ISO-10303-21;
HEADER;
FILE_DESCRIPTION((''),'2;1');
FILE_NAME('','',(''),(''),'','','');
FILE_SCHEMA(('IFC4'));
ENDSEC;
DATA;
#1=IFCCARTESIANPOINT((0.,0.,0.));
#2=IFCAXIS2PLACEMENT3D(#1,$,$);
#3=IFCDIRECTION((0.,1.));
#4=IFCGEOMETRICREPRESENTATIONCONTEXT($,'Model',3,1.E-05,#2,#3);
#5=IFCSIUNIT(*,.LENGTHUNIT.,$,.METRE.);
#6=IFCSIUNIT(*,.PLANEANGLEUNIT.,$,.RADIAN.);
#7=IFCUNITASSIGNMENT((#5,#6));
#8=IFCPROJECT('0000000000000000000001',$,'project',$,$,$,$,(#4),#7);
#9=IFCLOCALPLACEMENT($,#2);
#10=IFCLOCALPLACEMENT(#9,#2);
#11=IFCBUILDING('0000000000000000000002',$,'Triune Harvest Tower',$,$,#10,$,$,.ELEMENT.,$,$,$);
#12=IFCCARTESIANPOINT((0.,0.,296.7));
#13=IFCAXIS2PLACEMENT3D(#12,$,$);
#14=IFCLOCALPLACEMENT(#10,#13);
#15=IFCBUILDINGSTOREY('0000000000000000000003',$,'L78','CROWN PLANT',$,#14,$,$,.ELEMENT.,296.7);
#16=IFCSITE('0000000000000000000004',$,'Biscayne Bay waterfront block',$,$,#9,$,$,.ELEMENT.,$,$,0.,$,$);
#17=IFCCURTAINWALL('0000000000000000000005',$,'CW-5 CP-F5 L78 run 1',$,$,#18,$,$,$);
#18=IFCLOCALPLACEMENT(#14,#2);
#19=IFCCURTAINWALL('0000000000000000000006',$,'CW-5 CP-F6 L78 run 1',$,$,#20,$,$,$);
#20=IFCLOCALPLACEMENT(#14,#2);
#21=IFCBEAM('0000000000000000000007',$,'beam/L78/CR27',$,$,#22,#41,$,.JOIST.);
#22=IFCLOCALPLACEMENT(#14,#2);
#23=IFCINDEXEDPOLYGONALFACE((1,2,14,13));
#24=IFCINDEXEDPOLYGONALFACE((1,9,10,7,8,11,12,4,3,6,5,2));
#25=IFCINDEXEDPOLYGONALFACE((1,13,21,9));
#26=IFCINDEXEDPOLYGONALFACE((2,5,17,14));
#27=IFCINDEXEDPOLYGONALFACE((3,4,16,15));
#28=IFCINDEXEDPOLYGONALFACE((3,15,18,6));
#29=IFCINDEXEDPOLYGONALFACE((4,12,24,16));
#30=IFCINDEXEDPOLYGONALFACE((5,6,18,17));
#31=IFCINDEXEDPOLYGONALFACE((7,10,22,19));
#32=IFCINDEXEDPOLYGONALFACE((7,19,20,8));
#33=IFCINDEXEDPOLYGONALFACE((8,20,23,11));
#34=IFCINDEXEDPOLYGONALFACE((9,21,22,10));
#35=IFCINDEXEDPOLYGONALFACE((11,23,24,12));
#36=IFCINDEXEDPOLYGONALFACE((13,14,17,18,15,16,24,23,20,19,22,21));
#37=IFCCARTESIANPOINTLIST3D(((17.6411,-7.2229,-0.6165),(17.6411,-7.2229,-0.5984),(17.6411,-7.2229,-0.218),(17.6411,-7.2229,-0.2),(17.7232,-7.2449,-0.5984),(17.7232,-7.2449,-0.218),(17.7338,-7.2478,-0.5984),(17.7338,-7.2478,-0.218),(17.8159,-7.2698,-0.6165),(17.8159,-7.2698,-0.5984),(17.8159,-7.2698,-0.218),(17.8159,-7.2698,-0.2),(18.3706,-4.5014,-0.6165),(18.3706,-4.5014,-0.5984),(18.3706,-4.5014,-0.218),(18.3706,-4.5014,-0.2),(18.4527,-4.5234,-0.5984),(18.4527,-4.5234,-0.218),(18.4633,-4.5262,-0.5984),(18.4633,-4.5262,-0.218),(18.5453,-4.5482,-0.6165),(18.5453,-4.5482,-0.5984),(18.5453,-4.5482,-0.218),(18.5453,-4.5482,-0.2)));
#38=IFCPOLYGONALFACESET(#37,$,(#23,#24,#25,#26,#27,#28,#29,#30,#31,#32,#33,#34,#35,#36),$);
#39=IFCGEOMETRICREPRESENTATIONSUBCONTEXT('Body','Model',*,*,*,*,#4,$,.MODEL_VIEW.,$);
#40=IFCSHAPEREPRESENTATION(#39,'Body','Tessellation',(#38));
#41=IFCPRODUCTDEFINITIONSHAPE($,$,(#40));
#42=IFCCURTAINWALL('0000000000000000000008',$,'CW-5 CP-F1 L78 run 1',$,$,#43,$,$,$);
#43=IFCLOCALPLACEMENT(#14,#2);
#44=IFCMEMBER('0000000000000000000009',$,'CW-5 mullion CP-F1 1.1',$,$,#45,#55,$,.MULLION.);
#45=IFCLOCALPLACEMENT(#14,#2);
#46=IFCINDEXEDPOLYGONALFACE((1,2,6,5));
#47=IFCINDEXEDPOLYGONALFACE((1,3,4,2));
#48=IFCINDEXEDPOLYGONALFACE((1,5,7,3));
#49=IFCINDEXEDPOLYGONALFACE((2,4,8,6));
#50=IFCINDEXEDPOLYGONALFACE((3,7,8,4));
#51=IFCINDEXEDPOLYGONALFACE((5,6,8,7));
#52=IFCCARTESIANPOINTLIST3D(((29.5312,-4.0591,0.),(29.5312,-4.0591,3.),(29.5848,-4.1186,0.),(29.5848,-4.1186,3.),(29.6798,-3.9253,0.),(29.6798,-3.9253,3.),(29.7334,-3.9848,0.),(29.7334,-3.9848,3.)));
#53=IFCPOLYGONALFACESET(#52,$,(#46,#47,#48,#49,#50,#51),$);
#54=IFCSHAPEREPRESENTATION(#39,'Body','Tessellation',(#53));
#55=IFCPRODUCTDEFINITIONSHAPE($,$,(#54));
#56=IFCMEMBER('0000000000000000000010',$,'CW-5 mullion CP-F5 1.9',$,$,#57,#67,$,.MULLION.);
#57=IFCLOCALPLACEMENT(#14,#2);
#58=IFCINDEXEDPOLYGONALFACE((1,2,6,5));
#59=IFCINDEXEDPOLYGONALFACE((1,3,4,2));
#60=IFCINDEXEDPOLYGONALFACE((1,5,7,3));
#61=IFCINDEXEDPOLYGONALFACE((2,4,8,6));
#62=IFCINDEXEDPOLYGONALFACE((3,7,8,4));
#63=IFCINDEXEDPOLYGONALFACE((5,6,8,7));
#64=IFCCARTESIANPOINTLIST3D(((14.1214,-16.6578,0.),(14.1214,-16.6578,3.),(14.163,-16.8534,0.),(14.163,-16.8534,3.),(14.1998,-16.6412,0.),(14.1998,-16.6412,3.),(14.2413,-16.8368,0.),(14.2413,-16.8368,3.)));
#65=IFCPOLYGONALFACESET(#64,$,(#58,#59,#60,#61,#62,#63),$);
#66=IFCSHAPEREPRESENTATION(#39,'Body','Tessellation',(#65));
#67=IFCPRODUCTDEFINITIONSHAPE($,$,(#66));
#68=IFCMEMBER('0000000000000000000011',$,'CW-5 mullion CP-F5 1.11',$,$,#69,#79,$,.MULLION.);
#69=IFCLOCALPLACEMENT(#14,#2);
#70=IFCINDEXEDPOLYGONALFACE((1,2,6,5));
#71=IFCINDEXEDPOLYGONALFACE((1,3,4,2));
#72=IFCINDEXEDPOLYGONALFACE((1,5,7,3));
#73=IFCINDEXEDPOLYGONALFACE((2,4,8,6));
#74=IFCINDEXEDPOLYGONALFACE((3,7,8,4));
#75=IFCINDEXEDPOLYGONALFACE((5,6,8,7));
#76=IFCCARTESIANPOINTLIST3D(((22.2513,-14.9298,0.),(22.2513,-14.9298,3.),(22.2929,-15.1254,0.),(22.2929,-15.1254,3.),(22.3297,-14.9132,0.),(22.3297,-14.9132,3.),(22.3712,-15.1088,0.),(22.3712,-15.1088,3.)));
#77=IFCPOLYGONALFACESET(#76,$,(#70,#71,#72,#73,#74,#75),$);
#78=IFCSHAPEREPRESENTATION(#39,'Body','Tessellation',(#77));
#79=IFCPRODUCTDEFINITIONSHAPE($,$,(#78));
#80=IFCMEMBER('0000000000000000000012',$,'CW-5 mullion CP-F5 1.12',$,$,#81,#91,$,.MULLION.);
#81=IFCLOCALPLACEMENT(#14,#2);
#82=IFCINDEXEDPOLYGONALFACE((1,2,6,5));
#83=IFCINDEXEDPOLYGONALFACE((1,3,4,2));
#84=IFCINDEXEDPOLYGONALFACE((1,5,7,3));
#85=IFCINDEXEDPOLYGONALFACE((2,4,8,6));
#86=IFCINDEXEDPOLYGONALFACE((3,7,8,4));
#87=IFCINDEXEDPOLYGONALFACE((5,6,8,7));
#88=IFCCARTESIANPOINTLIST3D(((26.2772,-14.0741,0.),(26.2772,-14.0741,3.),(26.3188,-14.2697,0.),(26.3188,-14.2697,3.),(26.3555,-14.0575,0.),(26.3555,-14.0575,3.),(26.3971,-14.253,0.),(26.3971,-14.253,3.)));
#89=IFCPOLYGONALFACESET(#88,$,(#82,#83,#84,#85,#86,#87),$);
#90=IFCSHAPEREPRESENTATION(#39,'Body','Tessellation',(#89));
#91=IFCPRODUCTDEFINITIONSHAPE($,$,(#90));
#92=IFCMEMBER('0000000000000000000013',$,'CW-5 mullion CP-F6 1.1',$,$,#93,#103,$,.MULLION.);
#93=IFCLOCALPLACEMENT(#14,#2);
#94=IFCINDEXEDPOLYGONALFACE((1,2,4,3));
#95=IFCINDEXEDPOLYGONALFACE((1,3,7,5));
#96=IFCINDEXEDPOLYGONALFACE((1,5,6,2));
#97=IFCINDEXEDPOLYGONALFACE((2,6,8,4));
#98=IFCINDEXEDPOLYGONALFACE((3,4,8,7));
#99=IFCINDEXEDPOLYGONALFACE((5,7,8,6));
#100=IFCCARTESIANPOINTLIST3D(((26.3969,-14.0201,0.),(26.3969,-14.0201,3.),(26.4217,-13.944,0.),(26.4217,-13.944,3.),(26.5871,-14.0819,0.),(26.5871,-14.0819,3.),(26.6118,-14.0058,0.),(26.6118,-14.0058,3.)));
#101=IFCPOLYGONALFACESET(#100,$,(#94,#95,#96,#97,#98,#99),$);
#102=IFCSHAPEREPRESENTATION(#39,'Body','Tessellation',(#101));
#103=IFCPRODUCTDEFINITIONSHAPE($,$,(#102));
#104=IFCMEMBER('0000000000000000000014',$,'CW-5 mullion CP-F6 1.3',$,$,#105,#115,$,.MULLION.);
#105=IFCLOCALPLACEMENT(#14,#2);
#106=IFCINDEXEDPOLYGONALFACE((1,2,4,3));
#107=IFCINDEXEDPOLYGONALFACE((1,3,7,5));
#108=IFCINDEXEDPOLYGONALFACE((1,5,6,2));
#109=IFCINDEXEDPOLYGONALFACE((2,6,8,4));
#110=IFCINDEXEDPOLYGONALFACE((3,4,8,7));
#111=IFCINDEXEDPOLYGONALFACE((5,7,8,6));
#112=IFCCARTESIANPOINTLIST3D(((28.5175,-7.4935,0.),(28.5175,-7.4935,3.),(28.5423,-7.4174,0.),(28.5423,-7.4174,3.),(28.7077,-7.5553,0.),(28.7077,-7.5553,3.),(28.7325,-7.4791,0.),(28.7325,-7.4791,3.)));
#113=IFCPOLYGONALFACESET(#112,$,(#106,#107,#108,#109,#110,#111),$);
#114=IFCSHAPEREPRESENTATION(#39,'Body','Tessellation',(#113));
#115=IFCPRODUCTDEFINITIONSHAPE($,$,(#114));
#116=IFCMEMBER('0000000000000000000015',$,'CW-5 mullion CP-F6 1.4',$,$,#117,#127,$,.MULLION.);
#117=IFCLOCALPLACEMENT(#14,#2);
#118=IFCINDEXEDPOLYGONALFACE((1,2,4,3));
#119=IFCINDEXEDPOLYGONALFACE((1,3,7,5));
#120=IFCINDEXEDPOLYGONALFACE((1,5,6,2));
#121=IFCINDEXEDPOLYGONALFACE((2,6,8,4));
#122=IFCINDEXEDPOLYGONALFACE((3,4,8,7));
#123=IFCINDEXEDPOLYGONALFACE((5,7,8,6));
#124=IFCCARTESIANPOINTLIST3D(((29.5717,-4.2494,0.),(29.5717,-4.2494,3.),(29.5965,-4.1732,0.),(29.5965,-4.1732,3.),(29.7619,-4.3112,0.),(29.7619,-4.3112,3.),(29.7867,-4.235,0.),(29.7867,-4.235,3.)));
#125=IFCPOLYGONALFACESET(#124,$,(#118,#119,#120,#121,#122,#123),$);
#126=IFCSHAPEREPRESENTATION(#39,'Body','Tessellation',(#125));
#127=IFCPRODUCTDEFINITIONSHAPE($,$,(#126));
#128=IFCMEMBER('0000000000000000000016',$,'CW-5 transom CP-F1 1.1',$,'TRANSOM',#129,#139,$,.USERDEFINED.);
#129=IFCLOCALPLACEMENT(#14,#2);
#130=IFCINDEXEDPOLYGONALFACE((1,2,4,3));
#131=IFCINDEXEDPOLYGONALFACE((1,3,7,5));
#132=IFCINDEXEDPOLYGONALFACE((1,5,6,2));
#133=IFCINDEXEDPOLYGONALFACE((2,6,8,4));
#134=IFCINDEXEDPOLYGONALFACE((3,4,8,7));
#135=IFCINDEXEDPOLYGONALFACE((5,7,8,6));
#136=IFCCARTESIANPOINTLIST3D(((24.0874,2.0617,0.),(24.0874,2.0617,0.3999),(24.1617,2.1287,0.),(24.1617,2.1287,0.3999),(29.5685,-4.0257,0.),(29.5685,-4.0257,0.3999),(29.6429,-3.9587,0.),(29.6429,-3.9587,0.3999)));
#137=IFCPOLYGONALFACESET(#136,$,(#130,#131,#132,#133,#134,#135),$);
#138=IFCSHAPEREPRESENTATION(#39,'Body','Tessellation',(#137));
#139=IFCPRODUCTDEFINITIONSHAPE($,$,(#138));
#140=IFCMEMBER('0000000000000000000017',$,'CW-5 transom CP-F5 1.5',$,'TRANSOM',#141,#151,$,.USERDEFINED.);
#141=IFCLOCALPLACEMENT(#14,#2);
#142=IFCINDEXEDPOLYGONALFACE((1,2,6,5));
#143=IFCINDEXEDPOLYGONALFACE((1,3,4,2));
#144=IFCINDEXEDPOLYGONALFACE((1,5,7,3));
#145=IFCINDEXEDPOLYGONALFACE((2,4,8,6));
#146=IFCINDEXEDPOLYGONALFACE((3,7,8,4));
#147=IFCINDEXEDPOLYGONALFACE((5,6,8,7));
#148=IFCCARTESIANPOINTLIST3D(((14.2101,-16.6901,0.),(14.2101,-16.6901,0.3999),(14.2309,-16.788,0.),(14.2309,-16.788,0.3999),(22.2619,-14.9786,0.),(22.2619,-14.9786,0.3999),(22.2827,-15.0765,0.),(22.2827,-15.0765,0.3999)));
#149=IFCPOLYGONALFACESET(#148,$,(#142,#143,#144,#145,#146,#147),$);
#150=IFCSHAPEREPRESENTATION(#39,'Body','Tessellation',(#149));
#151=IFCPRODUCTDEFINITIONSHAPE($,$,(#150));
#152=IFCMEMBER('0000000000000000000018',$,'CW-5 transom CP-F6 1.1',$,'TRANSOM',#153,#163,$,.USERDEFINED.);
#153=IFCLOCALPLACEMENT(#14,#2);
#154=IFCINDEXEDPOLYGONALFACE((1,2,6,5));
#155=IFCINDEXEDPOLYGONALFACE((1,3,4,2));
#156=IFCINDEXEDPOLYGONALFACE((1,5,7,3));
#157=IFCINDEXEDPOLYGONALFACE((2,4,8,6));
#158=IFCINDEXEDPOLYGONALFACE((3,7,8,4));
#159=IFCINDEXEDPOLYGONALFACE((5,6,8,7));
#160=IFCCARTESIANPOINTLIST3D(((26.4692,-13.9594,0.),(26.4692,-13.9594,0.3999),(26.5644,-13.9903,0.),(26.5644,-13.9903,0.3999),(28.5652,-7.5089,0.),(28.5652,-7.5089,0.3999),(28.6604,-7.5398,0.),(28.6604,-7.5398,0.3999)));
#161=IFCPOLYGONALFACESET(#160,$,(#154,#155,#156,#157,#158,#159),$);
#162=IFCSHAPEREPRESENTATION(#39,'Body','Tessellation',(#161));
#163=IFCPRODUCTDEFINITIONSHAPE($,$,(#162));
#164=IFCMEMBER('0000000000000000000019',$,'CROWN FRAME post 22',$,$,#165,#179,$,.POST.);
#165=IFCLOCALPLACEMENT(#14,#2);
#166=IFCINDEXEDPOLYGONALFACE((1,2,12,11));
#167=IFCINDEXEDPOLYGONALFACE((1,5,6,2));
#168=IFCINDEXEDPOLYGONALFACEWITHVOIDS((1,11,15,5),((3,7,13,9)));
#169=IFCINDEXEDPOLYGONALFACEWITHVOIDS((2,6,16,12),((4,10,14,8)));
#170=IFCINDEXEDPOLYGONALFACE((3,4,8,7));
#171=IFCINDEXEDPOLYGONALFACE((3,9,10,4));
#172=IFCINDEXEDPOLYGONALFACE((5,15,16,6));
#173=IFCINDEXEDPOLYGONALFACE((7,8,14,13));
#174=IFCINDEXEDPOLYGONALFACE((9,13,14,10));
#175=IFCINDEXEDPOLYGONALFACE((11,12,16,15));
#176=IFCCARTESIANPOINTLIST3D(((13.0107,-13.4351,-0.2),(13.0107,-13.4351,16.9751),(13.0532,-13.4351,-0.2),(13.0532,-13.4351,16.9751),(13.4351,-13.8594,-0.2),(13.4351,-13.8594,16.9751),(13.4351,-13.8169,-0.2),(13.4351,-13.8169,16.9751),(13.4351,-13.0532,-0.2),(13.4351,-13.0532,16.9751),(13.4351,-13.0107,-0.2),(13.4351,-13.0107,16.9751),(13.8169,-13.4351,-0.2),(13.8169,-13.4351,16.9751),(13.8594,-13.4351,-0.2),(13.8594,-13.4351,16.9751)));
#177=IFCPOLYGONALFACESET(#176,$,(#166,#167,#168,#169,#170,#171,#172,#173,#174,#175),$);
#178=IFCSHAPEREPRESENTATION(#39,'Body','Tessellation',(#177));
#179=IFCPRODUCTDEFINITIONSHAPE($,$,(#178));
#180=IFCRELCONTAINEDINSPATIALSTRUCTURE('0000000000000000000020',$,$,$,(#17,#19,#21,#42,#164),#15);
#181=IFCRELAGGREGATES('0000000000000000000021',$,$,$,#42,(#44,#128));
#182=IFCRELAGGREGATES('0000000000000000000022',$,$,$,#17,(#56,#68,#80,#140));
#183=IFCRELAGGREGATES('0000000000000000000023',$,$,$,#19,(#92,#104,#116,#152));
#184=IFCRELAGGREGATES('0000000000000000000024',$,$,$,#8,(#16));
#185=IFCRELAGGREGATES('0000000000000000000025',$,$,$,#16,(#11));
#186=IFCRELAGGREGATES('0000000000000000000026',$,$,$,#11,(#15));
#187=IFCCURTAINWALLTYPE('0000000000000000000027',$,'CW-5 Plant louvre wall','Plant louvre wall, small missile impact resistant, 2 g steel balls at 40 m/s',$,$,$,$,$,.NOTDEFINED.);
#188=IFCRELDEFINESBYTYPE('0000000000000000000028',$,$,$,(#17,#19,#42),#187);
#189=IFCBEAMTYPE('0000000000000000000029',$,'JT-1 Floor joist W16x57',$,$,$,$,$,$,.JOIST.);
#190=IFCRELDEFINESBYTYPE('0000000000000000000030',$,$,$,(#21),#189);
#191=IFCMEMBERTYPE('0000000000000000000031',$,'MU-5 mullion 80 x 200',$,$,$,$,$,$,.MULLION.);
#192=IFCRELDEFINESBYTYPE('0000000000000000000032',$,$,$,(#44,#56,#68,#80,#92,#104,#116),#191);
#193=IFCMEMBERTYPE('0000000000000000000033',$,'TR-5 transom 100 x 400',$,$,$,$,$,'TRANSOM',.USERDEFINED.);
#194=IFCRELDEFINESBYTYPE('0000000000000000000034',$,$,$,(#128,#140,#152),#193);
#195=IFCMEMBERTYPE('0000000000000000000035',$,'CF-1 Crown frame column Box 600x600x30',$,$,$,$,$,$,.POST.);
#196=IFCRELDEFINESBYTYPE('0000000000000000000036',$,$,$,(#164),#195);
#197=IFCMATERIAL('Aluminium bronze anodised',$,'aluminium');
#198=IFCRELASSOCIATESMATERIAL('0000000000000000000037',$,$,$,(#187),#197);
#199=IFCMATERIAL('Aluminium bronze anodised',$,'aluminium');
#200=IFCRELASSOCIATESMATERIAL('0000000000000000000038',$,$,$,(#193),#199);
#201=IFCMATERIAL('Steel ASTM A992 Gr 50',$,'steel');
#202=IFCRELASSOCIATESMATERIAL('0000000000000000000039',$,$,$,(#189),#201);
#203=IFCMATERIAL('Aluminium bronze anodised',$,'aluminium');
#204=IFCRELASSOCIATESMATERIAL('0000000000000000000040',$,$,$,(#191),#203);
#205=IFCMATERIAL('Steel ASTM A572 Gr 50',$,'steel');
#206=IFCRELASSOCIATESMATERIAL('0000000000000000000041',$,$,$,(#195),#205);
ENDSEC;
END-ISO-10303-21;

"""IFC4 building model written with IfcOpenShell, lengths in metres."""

from ifc_helpers import new_model, si_unit, direction, frame, origin, origin_2d, place, context, subcontext, project, spatial, rectangle, hollow_rectangle, i_section, extrude, source, transform, mapped, material, material_profile, profile_set, type_object, element, aggregate, save


model = new_model("IFC4")

# Units and contexts
model_context = context("Model", 3, precision=1e-05, world=origin(), true_north=direction((0.0, 1.0)))
body_context = subcontext(model_context, "Body", "Model", "MODEL_VIEW")
ifc_project = project(units=[si_unit("LENGTHUNIT", "METRE"), si_unit("PLANEANGLEUNIT", "RADIAN")], contexts=[model_context])

# Site, building, storey
site_placement = place(None, origin())
site = spatial("IfcSite", under=ifc_project, at=site_placement, Name="Biscayne Bay waterfront block", CompositionType="ELEMENT", RefElevation=0.0)
building_placement = place(site_placement, origin())
building = spatial("IfcBuilding", under=site, at=building_placement, Name="Triune Harvest Tower", CompositionType="ELEMENT")
storey_placement = place(building_placement, frame((0.0, 0.0, 296.7)))
storey = spatial("IfcBuildingStorey", under=building, at=storey_placement, Name="L78", Description="CROWN PLANT", CompositionType="ELEMENT", Elevation=296.7)

# Curtain walls
ifc_material_1 = material(Name="Aluminium bronze anodised", Category="aluminium")
curtain_wall_type = type_object("IfcCurtainWallType", Name="CW-5 Plant louvre wall", Description="Plant louvre wall, small missile impact resistant, 2 g steel balls at 40 m/s", PredefinedType="NOTDEFINED", material=ifc_material_1)
curtain_wall_1_placement = place(storey_placement, origin())
curtain_wall_1 = element("IfcCurtainWall", 1, at=curtain_wall_1_placement, inside=storey, type_object=curtain_wall_type, Name="CW-5 CP-F5 L78 run 1")
ifc_material_2 = material(Name="Aluminium bronze anodised", Category="aluminium")
ifc_material_profile_1 = material_profile(ifc_material_2, rectangle(XDim=0.1001, YDim=0.3999, at=origin_2d()), Name="TR-5 transom 100 x 400")
ifc_profile_set_1 = profile_set([ifc_material_profile_1], Name="Aluminium bronze anodised")
member_type_1 = type_object("IfcMemberType", Name="TR-5 transom 100 x 400", ElementType="TRANSOM", PredefinedType="USERDEFINED", material=ifc_profile_set_1)
curtain_wall_2_placement = place(storey_placement, origin())
curtain_wall_2 = element("IfcCurtainWall", 2, at=curtain_wall_2_placement, inside=storey, type_object=curtain_wall_type, Name="CW-5 CP-F6 L78 run 1")

# Beam
ifc_material_3 = material(Name="Steel ASTM A992 Gr 50", Category="steel")
ifc_material_profile_2 = material_profile(ifc_material_3, i_section(OverallWidth=0.1809, OverallDepth=0.4165, WebThickness=0.011, FlangeThickness=0.0181, at=origin_2d()), Name="W16x57")
ifc_profile_set_2 = profile_set([ifc_material_profile_2], Name="Steel ASTM A992 Gr 50")
beam_type_1 = type_object("IfcBeamType", Name="JT-1 Floor joist W16x57", PredefinedType="JOIST", material=ifc_profile_set_2)
shared_shape_1 = source(origin(), body_context, "Body", "SweptSolid", [
    extrude(i_section(OverallWidth=0.1809, OverallDepth=0.4165, WebThickness=0.011, FlangeThickness=0.0181, at=origin_2d()), origin(), (0.0, 0.0, 1.0), 2.8176),
])
beam_1_placement = place(storey_placement, frame((17.7285, -7.2463, -0.4082), z_axis=(0.258892, 0.965906, 0.0), x_axis=(-0.965906, 0.258892, 0.0)))
element("IfcBeam", 3, at=beam_1_placement, inside=storey, type_object=beam_type_1, Name="beam/L78/CR27", PredefinedType="JOIST", context=body_context, shape_type="MappedRepresentation", body=[
    mapped(shared_shape_1, transform((0.0, 0.0, 0.0), scale=1.0)),
])

# Curtain wall, member
curtain_wall_3_placement = place(storey_placement, origin())
curtain_wall_3 = element("IfcCurtainWall", 4, at=curtain_wall_3_placement, inside=storey, type_object=curtain_wall_type, Name="CW-5 CP-F1 L78 run 1")
ifc_material_4 = material(Name="Aluminium bronze anodised", Category="aluminium")
ifc_material_profile_3 = material_profile(ifc_material_4, rectangle(XDim=0.2, YDim=0.0801, at=origin_2d()), Name="MU-5 mullion 80 x 200")
ifc_profile_set_3 = profile_set([ifc_material_profile_3], Name="Aluminium bronze anodised")
member_type_2 = type_object("IfcMemberType", Name="MU-5 mullion 80 x 200", PredefinedType="MULLION", material=ifc_profile_set_3)
shared_shape_2 = source(origin(), body_context, "Body", "SweptSolid", [
    extrude(rectangle(XDim=0.2, YDim=0.0801, at=origin_2d()), origin(), (0.0, 0.0, 1.0), 3.0),
])
member_1_placement = place(storey_placement, frame((29.6323, -4.022, 0.0), z_axis=(0.0, 0.0, 1.0), x_axis=(-0.743144, -0.669131, 0.0)))
member_1 = element("IfcMember", 5, at=member_1_placement, type_object=member_type_2, Name="CW-5 mullion CP-F1 1.1", PredefinedType="MULLION", context=body_context, shape_type="MappedRepresentation", body=[
    mapped(shared_shape_2, transform((0.0, 0.0, 0.0), scale=1.0)),
])

# Members
member_2_placement = place(storey_placement, frame((14.1814, -16.7473, 0.0), z_axis=(0.0, 0.0, 1.0), x_axis=(-0.207911, 0.978148, 0.0)))
member_2 = element("IfcMember", 6, at=member_2_placement, type_object=member_type_2, Name="CW-5 mullion CP-F5 1.9", PredefinedType="MULLION", context=body_context, shape_type="MappedRepresentation", body=[
    mapped(shared_shape_2, transform((0.0, 0.0, 0.0), scale=1.0)),
])
member_3_placement = place(storey_placement, frame((22.3113, -15.0193, 0.0), z_axis=(0.0, 0.0, 1.0), x_axis=(-0.207911, 0.978148, 0.0)))
member_3 = element("IfcMember", 7, at=member_3_placement, type_object=member_type_2, Name="CW-5 mullion CP-F5 1.11", PredefinedType="MULLION", context=body_context, shape_type="MappedRepresentation", body=[
    mapped(shared_shape_2, transform((0.0, 0.0, 0.0), scale=1.0)),
])
member_4_placement = place(storey_placement, frame((26.3372, -14.1636, 0.0), z_axis=(0.0, 0.0, 1.0), x_axis=(-0.207911, 0.978148, 0.0)))
member_4 = element("IfcMember", 8, at=member_4_placement, type_object=member_type_2, Name="CW-5 mullion CP-F5 1.12", PredefinedType="MULLION", context=body_context, shape_type="MappedRepresentation", body=[
    mapped(shared_shape_2, transform((0.0, 0.0, 0.0), scale=1.0)),
])
member_5_placement = place(storey_placement, frame((26.5044, -14.0129, 0.0), z_axis=(0.0, 0.0, 1.0), x_axis=(-0.951056, 0.309019, 0.0)))
member_5 = element("IfcMember", 9, at=member_5_placement, type_object=member_type_2, Name="CW-5 mullion CP-F6 1.1", PredefinedType="MULLION", context=body_context, shape_type="MappedRepresentation", body=[
    mapped(shared_shape_2, transform((0.0, 0.0, 0.0), scale=1.0)),
])
member_6_placement = place(storey_placement, frame((28.625, -7.4863, 0.0), z_axis=(0.0, 0.0, 1.0), x_axis=(-0.951056, 0.309019, 0.0)))
member_6 = element("IfcMember", 10, at=member_6_placement, type_object=member_type_2, Name="CW-5 mullion CP-F6 1.3", PredefinedType="MULLION", context=body_context, shape_type="MappedRepresentation", body=[
    mapped(shared_shape_2, transform((0.0, 0.0, 0.0), scale=1.0)),
])
member_7_placement = place(storey_placement, frame((29.6792, -4.2422, 0.0), z_axis=(0.0, 0.0, 1.0), x_axis=(-0.951056, 0.309019, 0.0)))
member_7 = element("IfcMember", 11, at=member_7_placement, type_object=member_type_2, Name="CW-5 mullion CP-F6 1.4", PredefinedType="MULLION", context=body_context, shape_type="MappedRepresentation", body=[
    mapped(shared_shape_2, transform((0.0, 0.0, 0.0), scale=1.0)),
])
shared_shape_3 = source(origin(), body_context, "Body", "SweptSolid", [
    extrude(rectangle(XDim=0.1001, YDim=0.3999, at=origin_2d()), origin(), (0.0, 0.0, 1.0), 8.1914),
])
member_8_placement = place(storey_placement, frame((29.6057, -3.9922, 0.2), z_axis=(-0.669136, 0.74314, 0.0), x_axis=(-0.74314, -0.669136, 0.0)))
member_8 = element("IfcMember", 12, at=member_8_placement, type_object=member_type_1, Name="CW-5 transom CP-F1 1.1", ObjectType="TRANSOM", PredefinedType="USERDEFINED", context=body_context, shape_type="MappedRepresentation", body=[
    mapped(shared_shape_3, transform((0.0, 0.0, 0.0), scale=1.0)),
])
shared_shape_4 = source(origin(), body_context, "Body", "SweptSolid", [
    extrude(rectangle(XDim=0.1001, YDim=0.3999, at=origin_2d()), origin(), (0.0, 0.0, 1.0), 8.2317),
])
member_9_placement = place(storey_placement, frame((14.2205, -16.739, 0.2), z_axis=(0.978148, 0.207908, 0.0), x_axis=(-0.207908, 0.978148, 0.0)))
member_9 = element("IfcMember", 13, at=member_9_placement, type_object=member_type_1, Name="CW-5 transom CP-F5 1.5", ObjectType="TRANSOM", PredefinedType="USERDEFINED", context=body_context, shape_type="MappedRepresentation", body=[
    mapped(shared_shape_4, transform((0.0, 0.0, 0.0), scale=1.0)),
])
shared_shape_5 = source(origin(), body_context, "Body", "SweptSolid", [
    extrude(rectangle(XDim=0.1001, YDim=0.3999, at=origin_2d()), origin(), (0.0, 0.0, 1.0), 6.7825),
])
member_10_placement = place(storey_placement, frame((26.5168, -13.9749, 0.2), z_axis=(0.309027, 0.951053, 0.0), x_axis=(-0.951053, 0.309027, 0.0)))
member_10 = element("IfcMember", 14, at=member_10_placement, type_object=member_type_1, Name="CW-5 transom CP-F6 1.1", ObjectType="TRANSOM", PredefinedType="USERDEFINED", context=body_context, shape_type="MappedRepresentation", body=[
    mapped(shared_shape_5, transform((0.0, 0.0, 0.0), scale=1.0)),
])

# Member
ifc_material_5 = material(Name="Steel ASTM A572 Gr 50", Category="steel")
ifc_material_profile_4 = material_profile(ifc_material_5, hollow_rectangle(XDim=0.6001, YDim=0.6001, WallThickness=0.03, at=origin_2d()), Name="Box 600x600x30")
ifc_profile_set_4 = profile_set([ifc_material_profile_4], Name="Steel ASTM A572 Gr 50")
member_type_3 = type_object("IfcMemberType", Name="CF-1 Crown frame column Box 600x600x30", PredefinedType="POST", material=ifc_profile_set_4)
shared_shape_6 = source(origin(), body_context, "Body", "SweptSolid", [
    extrude(hollow_rectangle(XDim=0.6001, YDim=0.6001, WallThickness=0.03, at=origin_2d()), origin(), (0.0, 0.0, 1.0), 17.175),
])
for number, where, z_axis, x_axis, name in (
    (15, (13.4351, -13.4351, -0.2), (0.0, 0.0, 1.0), (0.707107, 0.707107, 0.0), "CROWN FRAME post 22"),
):
    element("IfcMember", number, at=place(storey_placement, frame(where, z_axis=z_axis, x_axis=x_axis)), inside=storey, type_object=member_type_3, Name=name, PredefinedType="POST", context=body_context, shape_type="MappedRepresentation", body=[
        mapped(shared_shape_6, transform((0.0, 0.0, 0.0), scale=1.0)),
    ])

aggregate(curtain_wall_3, [member_1, member_8])
aggregate(curtain_wall_1, [member_2, member_3, member_4, member_9])
aggregate(curtain_wall_2, [member_5, member_6, member_7, member_10])

save(model, "model.ifc")
